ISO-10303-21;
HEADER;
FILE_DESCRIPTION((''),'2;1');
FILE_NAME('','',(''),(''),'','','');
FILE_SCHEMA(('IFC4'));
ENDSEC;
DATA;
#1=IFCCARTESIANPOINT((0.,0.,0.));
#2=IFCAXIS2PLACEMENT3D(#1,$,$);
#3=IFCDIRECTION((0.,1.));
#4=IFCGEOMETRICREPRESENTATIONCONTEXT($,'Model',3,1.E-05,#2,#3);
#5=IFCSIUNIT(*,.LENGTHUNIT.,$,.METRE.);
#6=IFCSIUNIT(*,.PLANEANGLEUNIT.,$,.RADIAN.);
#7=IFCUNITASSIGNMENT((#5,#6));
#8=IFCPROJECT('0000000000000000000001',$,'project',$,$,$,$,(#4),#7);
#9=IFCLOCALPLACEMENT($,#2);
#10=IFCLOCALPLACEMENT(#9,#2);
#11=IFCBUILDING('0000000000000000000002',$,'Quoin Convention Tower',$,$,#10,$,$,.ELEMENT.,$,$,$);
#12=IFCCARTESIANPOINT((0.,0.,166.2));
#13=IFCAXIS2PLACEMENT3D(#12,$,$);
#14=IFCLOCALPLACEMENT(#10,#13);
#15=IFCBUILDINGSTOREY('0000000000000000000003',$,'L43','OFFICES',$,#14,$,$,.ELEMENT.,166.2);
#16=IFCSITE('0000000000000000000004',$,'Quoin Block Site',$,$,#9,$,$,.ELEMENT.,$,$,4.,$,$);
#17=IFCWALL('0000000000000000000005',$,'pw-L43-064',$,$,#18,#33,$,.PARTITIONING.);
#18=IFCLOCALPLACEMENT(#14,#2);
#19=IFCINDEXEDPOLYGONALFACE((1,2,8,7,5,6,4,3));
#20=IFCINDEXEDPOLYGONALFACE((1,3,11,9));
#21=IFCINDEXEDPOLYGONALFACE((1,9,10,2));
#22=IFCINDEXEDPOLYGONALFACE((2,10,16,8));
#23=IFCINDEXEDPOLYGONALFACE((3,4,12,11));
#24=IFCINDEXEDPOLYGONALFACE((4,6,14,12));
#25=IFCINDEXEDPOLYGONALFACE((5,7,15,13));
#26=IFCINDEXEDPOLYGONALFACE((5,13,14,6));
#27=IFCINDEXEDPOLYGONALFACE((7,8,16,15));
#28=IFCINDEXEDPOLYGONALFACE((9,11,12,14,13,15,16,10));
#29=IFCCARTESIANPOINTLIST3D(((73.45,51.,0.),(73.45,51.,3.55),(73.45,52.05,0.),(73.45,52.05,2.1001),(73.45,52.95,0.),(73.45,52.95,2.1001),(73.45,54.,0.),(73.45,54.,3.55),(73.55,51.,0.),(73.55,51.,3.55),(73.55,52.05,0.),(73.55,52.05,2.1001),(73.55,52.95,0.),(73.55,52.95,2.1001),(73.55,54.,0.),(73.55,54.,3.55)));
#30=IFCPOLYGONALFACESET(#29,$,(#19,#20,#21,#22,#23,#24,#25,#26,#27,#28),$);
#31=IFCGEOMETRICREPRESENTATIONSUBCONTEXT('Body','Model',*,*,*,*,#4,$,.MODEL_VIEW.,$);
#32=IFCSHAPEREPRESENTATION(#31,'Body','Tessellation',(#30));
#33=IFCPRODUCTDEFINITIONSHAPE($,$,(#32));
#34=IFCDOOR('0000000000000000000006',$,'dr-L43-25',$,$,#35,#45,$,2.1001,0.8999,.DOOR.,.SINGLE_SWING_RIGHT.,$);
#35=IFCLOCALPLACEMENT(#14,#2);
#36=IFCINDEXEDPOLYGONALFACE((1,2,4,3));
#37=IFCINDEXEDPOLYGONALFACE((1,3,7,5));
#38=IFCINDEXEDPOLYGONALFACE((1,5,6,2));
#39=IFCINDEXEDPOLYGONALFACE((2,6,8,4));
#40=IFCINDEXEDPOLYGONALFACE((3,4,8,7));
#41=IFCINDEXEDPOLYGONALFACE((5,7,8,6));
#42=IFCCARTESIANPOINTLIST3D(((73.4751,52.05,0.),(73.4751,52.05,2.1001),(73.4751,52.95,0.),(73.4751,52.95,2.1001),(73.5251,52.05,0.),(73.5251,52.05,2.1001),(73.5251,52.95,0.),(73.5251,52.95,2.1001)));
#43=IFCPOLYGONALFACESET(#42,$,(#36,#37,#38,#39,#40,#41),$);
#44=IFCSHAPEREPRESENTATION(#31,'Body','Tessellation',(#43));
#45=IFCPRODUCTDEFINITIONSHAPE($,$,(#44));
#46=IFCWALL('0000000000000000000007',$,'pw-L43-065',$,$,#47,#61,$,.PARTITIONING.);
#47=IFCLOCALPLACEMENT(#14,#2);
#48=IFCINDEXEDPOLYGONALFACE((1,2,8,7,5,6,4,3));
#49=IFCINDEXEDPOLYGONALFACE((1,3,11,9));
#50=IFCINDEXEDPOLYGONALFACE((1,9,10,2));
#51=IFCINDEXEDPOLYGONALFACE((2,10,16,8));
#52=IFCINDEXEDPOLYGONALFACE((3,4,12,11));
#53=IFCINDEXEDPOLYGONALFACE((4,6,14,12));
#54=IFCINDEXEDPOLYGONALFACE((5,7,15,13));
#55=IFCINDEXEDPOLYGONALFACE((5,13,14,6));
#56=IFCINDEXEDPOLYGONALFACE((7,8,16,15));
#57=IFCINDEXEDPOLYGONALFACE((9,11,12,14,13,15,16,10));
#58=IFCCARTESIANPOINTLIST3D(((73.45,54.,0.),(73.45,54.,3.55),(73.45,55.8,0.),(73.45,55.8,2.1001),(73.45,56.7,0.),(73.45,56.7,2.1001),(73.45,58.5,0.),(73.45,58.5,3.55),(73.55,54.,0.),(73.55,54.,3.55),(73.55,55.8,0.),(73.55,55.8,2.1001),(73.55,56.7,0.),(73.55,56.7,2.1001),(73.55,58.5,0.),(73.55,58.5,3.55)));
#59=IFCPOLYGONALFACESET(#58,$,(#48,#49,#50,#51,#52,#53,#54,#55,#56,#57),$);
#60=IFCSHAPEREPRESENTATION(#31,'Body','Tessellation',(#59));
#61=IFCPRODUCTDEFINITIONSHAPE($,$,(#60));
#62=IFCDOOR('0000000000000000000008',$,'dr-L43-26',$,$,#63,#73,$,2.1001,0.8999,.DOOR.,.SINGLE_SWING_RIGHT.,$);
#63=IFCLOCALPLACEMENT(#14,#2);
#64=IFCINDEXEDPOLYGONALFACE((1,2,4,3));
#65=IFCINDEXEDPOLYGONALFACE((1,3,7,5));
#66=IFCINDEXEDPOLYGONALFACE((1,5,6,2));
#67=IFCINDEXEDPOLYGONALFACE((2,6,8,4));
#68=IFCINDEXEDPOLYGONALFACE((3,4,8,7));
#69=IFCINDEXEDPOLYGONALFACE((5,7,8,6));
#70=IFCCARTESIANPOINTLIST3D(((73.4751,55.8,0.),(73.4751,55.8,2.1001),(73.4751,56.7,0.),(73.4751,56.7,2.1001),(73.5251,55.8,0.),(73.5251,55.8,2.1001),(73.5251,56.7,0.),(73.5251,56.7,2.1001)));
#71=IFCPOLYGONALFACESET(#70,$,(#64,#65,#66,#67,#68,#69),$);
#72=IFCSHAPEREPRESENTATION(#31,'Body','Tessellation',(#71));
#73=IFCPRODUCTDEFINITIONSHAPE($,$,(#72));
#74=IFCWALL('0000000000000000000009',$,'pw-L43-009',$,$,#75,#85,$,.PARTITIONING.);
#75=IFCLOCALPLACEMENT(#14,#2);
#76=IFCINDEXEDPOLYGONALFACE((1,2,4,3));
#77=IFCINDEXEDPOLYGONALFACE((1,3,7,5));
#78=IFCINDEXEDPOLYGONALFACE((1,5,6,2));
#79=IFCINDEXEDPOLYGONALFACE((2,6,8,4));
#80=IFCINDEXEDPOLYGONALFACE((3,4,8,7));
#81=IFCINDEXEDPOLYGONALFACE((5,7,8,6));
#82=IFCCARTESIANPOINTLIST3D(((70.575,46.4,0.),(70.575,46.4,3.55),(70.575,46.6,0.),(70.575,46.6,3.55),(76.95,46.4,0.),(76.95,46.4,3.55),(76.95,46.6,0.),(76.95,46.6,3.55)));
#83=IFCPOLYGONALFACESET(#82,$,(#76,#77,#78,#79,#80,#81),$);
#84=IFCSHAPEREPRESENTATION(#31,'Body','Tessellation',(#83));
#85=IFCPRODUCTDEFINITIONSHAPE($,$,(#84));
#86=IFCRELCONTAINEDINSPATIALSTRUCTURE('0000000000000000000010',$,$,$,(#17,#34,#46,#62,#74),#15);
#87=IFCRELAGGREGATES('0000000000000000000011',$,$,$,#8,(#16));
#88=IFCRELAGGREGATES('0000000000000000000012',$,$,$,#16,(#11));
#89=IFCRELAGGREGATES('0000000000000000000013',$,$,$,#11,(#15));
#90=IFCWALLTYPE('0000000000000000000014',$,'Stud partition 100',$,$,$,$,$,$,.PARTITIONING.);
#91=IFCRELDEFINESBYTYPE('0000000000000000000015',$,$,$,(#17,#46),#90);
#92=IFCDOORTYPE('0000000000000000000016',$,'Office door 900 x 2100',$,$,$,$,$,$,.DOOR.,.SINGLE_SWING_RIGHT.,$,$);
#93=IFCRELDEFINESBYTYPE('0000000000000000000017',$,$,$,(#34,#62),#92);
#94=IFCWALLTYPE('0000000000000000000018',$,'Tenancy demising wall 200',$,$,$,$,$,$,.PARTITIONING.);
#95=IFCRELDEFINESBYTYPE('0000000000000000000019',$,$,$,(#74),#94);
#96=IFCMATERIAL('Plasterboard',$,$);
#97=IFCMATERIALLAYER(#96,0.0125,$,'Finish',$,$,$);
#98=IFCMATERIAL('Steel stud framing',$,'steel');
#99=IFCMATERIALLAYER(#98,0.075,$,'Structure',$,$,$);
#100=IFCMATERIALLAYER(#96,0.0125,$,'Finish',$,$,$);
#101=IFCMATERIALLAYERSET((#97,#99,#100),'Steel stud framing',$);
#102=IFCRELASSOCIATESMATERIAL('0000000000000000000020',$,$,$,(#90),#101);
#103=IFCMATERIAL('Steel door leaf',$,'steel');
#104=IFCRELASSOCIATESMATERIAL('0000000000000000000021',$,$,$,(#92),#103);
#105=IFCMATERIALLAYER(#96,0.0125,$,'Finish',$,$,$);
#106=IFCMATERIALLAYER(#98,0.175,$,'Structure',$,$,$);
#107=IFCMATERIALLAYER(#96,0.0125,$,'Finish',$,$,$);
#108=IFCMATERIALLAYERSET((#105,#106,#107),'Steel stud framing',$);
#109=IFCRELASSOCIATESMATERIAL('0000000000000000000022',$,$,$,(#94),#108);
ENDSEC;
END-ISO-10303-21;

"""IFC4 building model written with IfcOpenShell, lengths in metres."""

from ifc_helpers import new_model, si_unit, direction, frame, frame_2d, origin, place, context, subcontext, project, spatial, rectangle, extrude, material, layer, layer_set, type_object, element, fill, save


model = new_model("IFC4")

# Units and contexts
model_context = context("Model", 3, precision=1e-05, world=origin(), true_north=direction((0.0, 1.0)))
body_context = subcontext(model_context, "Body", "Model", "MODEL_VIEW")
ifc_project = project(units=[si_unit("LENGTHUNIT", "METRE"), si_unit("PLANEANGLEUNIT", "RADIAN")], contexts=[model_context])

# Site, building, storey
site_placement = place(None, origin())
site = spatial("IfcSite", under=ifc_project, at=site_placement, Name="Quoin Block Site", CompositionType="ELEMENT", RefElevation=4.0)
building_placement = place(site_placement, origin())
building = spatial("IfcBuilding", under=site, at=building_placement, Name="Quoin Convention Tower", CompositionType="ELEMENT")
storey_placement = place(building_placement, frame((0.0, 0.0, 166.2)))
storey = spatial("IfcBuildingStorey", under=building, at=storey_placement, Name="L43", Description="OFFICES", CompositionType="ELEMENT", Elevation=166.2)

# Shared definitions
ifc_material_1 = material(Name="Plasterboard")
ifc_material_2 = material(Name="Steel stud framing", Category="steel")
ifc_material_3 = material(Name="Steel door leaf", Category="steel")

# Shared definitions
ifc_layer_1 = layer(ifc_material_1, 0.0125, Name="Finish")
ifc_layer_2 = layer(ifc_material_2, 0.075, Name="Structure")
ifc_layer_3 = layer(ifc_material_1, 0.0125, Name="Finish")
ifc_layer_set_1 = layer_set([ifc_layer_1, ifc_layer_2, ifc_layer_3], Name="Steel stud framing")
wall_type_1 = type_object("IfcWallType", Name="Stud partition 100", PredefinedType="PARTITIONING", material=ifc_layer_set_1)

# Shared definitions
door_type_1 = type_object("IfcDoorType", Name="Office door 900 x 2100", OperationType="SINGLE_SWING_RIGHT", PredefinedType="DOOR", material=ifc_material_3)

# Walls, openings, doors
wall_1_placement = place(storey_placement, frame((73.5, 51.0, 0.0), z_axis=(0.0, 0.0, 1.0), x_axis=(0.0, 1.0, 0.0)))
wall_1 = element("IfcWall", 1, at=wall_1_placement, inside=storey, type_object=wall_type_1, Name="pw-L43-064", PredefinedType="PARTITIONING", context=body_context, shape_type="SweptSolid", body=[
    extrude(rectangle(XDim=3.0, YDim=0.1001, at=frame_2d((1.5, 0.0))), origin(), (0.0, 0.0, 1.0), 3.55),
])
opening_1_placement = place(wall_1_placement, frame((1.05, 0.0, 0.0)))
opening_1 = element("IfcOpeningElement", 2, at=opening_1_placement, cuts=wall_1, PredefinedType="OPENING", context=body_context, shape_type="SweptSolid", body=[
    extrude(rectangle(XDim=0.8999, YDim=2.1001, at=frame_2d((0.45, 1.05))), frame((0.0, 0.0601, 0.0), z_axis=(0.0, -1.0, 0.0), x_axis=(1.0, 0.0, 0.0)), (0.0, 0.0, 1.0), 0.1201),
])
door_1_placement = place(opening_1_placement, origin())
door_1 = element("IfcDoor", 3, at=door_1_placement, inside=storey, type_object=door_type_1, Name="dr-L43-25", OperationType="SINGLE_SWING_RIGHT", OverallHeight=2.1001, OverallWidth=0.8999, PredefinedType="DOOR", context=body_context, shape_type="SweptSolid", body=[
    extrude(rectangle(XDim=0.8999, YDim=2.1001, at=frame_2d((0.45, 1.05))), frame((0.0, 0.0249, 0.0), z_axis=(0.0, -1.0, 0.0), x_axis=(1.0, 0.0, 0.0)), (0.0, 0.0, 1.0), 0.05),
])
fill(opening_1, door_1)
wall_2_placement = place(storey_placement, frame((73.5, 54.0, 0.0), z_axis=(0.0, 0.0, 1.0), x_axis=(0.0, 1.0, 0.0)))
wall_2 = element("IfcWall", 4, at=wall_2_placement, inside=storey, type_object=wall_type_1, Name="pw-L43-065", PredefinedType="PARTITIONING", context=body_context, shape_type="SweptSolid", body=[
    extrude(rectangle(XDim=4.5, YDim=0.1001, at=frame_2d((2.25, 0.0))), origin(), (0.0, 0.0, 1.0), 3.55),
])
opening_2_placement = place(wall_2_placement, frame((1.8, 0.0, 0.0)))
opening_2 = element("IfcOpeningElement", 5, at=opening_2_placement, cuts=wall_2, PredefinedType="OPENING", context=body_context, shape_type="SweptSolid", body=[
    extrude(rectangle(XDim=0.8999, YDim=2.1001, at=frame_2d((0.45, 1.05))), frame((0.0, 0.0601, 0.0), z_axis=(0.0, -1.0, 0.0), x_axis=(1.0, 0.0, 0.0)), (0.0, 0.0, 1.0), 0.1201),
])
door_2_placement = place(opening_2_placement, origin())
door_2 = element("IfcDoor", 6, at=door_2_placement, inside=storey, type_object=door_type_1, Name="dr-L43-26", OperationType="SINGLE_SWING_RIGHT", OverallHeight=2.1001, OverallWidth=0.8999, PredefinedType="DOOR", context=body_context, shape_type="SweptSolid", body=[
    extrude(rectangle(XDim=0.8999, YDim=2.1001, at=frame_2d((0.45, 1.05))), frame((0.0, 0.0249, 0.0), z_axis=(0.0, -1.0, 0.0), x_axis=(1.0, 0.0, 0.0)), (0.0, 0.0, 1.0), 0.05),
])
fill(opening_2, door_2)

# Wall
ifc_layer_4 = layer(ifc_material_1, 0.0125, Name="Finish")
ifc_layer_5 = layer(ifc_material_2, 0.175, Name="Structure")
ifc_layer_6 = layer(ifc_material_1, 0.0125, Name="Finish")
ifc_layer_set_2 = layer_set([ifc_layer_4, ifc_layer_5, ifc_layer_6], Name="Steel stud framing")
wall_type_2 = type_object("IfcWallType", Name="Tenancy demising wall 200", PredefinedType="PARTITIONING", material=ifc_layer_set_2)
wall_3_placement = place(storey_placement, frame((70.575, 46.5, 0.0), z_axis=(0.0, 0.0, 1.0), x_axis=(1.0, 0.0, 0.0)))
element("IfcWall", 7, at=wall_3_placement, inside=storey, type_object=wall_type_2, Name="pw-L43-009", PredefinedType="PARTITIONING", context=body_context, shape_type="SweptSolid", body=[
    extrude(rectangle(XDim=6.375, YDim=0.2, at=frame_2d((3.1875, 0.0))), origin(), (0.0, 0.0, 1.0), 3.55),
])

save(model, "model.ifc")
